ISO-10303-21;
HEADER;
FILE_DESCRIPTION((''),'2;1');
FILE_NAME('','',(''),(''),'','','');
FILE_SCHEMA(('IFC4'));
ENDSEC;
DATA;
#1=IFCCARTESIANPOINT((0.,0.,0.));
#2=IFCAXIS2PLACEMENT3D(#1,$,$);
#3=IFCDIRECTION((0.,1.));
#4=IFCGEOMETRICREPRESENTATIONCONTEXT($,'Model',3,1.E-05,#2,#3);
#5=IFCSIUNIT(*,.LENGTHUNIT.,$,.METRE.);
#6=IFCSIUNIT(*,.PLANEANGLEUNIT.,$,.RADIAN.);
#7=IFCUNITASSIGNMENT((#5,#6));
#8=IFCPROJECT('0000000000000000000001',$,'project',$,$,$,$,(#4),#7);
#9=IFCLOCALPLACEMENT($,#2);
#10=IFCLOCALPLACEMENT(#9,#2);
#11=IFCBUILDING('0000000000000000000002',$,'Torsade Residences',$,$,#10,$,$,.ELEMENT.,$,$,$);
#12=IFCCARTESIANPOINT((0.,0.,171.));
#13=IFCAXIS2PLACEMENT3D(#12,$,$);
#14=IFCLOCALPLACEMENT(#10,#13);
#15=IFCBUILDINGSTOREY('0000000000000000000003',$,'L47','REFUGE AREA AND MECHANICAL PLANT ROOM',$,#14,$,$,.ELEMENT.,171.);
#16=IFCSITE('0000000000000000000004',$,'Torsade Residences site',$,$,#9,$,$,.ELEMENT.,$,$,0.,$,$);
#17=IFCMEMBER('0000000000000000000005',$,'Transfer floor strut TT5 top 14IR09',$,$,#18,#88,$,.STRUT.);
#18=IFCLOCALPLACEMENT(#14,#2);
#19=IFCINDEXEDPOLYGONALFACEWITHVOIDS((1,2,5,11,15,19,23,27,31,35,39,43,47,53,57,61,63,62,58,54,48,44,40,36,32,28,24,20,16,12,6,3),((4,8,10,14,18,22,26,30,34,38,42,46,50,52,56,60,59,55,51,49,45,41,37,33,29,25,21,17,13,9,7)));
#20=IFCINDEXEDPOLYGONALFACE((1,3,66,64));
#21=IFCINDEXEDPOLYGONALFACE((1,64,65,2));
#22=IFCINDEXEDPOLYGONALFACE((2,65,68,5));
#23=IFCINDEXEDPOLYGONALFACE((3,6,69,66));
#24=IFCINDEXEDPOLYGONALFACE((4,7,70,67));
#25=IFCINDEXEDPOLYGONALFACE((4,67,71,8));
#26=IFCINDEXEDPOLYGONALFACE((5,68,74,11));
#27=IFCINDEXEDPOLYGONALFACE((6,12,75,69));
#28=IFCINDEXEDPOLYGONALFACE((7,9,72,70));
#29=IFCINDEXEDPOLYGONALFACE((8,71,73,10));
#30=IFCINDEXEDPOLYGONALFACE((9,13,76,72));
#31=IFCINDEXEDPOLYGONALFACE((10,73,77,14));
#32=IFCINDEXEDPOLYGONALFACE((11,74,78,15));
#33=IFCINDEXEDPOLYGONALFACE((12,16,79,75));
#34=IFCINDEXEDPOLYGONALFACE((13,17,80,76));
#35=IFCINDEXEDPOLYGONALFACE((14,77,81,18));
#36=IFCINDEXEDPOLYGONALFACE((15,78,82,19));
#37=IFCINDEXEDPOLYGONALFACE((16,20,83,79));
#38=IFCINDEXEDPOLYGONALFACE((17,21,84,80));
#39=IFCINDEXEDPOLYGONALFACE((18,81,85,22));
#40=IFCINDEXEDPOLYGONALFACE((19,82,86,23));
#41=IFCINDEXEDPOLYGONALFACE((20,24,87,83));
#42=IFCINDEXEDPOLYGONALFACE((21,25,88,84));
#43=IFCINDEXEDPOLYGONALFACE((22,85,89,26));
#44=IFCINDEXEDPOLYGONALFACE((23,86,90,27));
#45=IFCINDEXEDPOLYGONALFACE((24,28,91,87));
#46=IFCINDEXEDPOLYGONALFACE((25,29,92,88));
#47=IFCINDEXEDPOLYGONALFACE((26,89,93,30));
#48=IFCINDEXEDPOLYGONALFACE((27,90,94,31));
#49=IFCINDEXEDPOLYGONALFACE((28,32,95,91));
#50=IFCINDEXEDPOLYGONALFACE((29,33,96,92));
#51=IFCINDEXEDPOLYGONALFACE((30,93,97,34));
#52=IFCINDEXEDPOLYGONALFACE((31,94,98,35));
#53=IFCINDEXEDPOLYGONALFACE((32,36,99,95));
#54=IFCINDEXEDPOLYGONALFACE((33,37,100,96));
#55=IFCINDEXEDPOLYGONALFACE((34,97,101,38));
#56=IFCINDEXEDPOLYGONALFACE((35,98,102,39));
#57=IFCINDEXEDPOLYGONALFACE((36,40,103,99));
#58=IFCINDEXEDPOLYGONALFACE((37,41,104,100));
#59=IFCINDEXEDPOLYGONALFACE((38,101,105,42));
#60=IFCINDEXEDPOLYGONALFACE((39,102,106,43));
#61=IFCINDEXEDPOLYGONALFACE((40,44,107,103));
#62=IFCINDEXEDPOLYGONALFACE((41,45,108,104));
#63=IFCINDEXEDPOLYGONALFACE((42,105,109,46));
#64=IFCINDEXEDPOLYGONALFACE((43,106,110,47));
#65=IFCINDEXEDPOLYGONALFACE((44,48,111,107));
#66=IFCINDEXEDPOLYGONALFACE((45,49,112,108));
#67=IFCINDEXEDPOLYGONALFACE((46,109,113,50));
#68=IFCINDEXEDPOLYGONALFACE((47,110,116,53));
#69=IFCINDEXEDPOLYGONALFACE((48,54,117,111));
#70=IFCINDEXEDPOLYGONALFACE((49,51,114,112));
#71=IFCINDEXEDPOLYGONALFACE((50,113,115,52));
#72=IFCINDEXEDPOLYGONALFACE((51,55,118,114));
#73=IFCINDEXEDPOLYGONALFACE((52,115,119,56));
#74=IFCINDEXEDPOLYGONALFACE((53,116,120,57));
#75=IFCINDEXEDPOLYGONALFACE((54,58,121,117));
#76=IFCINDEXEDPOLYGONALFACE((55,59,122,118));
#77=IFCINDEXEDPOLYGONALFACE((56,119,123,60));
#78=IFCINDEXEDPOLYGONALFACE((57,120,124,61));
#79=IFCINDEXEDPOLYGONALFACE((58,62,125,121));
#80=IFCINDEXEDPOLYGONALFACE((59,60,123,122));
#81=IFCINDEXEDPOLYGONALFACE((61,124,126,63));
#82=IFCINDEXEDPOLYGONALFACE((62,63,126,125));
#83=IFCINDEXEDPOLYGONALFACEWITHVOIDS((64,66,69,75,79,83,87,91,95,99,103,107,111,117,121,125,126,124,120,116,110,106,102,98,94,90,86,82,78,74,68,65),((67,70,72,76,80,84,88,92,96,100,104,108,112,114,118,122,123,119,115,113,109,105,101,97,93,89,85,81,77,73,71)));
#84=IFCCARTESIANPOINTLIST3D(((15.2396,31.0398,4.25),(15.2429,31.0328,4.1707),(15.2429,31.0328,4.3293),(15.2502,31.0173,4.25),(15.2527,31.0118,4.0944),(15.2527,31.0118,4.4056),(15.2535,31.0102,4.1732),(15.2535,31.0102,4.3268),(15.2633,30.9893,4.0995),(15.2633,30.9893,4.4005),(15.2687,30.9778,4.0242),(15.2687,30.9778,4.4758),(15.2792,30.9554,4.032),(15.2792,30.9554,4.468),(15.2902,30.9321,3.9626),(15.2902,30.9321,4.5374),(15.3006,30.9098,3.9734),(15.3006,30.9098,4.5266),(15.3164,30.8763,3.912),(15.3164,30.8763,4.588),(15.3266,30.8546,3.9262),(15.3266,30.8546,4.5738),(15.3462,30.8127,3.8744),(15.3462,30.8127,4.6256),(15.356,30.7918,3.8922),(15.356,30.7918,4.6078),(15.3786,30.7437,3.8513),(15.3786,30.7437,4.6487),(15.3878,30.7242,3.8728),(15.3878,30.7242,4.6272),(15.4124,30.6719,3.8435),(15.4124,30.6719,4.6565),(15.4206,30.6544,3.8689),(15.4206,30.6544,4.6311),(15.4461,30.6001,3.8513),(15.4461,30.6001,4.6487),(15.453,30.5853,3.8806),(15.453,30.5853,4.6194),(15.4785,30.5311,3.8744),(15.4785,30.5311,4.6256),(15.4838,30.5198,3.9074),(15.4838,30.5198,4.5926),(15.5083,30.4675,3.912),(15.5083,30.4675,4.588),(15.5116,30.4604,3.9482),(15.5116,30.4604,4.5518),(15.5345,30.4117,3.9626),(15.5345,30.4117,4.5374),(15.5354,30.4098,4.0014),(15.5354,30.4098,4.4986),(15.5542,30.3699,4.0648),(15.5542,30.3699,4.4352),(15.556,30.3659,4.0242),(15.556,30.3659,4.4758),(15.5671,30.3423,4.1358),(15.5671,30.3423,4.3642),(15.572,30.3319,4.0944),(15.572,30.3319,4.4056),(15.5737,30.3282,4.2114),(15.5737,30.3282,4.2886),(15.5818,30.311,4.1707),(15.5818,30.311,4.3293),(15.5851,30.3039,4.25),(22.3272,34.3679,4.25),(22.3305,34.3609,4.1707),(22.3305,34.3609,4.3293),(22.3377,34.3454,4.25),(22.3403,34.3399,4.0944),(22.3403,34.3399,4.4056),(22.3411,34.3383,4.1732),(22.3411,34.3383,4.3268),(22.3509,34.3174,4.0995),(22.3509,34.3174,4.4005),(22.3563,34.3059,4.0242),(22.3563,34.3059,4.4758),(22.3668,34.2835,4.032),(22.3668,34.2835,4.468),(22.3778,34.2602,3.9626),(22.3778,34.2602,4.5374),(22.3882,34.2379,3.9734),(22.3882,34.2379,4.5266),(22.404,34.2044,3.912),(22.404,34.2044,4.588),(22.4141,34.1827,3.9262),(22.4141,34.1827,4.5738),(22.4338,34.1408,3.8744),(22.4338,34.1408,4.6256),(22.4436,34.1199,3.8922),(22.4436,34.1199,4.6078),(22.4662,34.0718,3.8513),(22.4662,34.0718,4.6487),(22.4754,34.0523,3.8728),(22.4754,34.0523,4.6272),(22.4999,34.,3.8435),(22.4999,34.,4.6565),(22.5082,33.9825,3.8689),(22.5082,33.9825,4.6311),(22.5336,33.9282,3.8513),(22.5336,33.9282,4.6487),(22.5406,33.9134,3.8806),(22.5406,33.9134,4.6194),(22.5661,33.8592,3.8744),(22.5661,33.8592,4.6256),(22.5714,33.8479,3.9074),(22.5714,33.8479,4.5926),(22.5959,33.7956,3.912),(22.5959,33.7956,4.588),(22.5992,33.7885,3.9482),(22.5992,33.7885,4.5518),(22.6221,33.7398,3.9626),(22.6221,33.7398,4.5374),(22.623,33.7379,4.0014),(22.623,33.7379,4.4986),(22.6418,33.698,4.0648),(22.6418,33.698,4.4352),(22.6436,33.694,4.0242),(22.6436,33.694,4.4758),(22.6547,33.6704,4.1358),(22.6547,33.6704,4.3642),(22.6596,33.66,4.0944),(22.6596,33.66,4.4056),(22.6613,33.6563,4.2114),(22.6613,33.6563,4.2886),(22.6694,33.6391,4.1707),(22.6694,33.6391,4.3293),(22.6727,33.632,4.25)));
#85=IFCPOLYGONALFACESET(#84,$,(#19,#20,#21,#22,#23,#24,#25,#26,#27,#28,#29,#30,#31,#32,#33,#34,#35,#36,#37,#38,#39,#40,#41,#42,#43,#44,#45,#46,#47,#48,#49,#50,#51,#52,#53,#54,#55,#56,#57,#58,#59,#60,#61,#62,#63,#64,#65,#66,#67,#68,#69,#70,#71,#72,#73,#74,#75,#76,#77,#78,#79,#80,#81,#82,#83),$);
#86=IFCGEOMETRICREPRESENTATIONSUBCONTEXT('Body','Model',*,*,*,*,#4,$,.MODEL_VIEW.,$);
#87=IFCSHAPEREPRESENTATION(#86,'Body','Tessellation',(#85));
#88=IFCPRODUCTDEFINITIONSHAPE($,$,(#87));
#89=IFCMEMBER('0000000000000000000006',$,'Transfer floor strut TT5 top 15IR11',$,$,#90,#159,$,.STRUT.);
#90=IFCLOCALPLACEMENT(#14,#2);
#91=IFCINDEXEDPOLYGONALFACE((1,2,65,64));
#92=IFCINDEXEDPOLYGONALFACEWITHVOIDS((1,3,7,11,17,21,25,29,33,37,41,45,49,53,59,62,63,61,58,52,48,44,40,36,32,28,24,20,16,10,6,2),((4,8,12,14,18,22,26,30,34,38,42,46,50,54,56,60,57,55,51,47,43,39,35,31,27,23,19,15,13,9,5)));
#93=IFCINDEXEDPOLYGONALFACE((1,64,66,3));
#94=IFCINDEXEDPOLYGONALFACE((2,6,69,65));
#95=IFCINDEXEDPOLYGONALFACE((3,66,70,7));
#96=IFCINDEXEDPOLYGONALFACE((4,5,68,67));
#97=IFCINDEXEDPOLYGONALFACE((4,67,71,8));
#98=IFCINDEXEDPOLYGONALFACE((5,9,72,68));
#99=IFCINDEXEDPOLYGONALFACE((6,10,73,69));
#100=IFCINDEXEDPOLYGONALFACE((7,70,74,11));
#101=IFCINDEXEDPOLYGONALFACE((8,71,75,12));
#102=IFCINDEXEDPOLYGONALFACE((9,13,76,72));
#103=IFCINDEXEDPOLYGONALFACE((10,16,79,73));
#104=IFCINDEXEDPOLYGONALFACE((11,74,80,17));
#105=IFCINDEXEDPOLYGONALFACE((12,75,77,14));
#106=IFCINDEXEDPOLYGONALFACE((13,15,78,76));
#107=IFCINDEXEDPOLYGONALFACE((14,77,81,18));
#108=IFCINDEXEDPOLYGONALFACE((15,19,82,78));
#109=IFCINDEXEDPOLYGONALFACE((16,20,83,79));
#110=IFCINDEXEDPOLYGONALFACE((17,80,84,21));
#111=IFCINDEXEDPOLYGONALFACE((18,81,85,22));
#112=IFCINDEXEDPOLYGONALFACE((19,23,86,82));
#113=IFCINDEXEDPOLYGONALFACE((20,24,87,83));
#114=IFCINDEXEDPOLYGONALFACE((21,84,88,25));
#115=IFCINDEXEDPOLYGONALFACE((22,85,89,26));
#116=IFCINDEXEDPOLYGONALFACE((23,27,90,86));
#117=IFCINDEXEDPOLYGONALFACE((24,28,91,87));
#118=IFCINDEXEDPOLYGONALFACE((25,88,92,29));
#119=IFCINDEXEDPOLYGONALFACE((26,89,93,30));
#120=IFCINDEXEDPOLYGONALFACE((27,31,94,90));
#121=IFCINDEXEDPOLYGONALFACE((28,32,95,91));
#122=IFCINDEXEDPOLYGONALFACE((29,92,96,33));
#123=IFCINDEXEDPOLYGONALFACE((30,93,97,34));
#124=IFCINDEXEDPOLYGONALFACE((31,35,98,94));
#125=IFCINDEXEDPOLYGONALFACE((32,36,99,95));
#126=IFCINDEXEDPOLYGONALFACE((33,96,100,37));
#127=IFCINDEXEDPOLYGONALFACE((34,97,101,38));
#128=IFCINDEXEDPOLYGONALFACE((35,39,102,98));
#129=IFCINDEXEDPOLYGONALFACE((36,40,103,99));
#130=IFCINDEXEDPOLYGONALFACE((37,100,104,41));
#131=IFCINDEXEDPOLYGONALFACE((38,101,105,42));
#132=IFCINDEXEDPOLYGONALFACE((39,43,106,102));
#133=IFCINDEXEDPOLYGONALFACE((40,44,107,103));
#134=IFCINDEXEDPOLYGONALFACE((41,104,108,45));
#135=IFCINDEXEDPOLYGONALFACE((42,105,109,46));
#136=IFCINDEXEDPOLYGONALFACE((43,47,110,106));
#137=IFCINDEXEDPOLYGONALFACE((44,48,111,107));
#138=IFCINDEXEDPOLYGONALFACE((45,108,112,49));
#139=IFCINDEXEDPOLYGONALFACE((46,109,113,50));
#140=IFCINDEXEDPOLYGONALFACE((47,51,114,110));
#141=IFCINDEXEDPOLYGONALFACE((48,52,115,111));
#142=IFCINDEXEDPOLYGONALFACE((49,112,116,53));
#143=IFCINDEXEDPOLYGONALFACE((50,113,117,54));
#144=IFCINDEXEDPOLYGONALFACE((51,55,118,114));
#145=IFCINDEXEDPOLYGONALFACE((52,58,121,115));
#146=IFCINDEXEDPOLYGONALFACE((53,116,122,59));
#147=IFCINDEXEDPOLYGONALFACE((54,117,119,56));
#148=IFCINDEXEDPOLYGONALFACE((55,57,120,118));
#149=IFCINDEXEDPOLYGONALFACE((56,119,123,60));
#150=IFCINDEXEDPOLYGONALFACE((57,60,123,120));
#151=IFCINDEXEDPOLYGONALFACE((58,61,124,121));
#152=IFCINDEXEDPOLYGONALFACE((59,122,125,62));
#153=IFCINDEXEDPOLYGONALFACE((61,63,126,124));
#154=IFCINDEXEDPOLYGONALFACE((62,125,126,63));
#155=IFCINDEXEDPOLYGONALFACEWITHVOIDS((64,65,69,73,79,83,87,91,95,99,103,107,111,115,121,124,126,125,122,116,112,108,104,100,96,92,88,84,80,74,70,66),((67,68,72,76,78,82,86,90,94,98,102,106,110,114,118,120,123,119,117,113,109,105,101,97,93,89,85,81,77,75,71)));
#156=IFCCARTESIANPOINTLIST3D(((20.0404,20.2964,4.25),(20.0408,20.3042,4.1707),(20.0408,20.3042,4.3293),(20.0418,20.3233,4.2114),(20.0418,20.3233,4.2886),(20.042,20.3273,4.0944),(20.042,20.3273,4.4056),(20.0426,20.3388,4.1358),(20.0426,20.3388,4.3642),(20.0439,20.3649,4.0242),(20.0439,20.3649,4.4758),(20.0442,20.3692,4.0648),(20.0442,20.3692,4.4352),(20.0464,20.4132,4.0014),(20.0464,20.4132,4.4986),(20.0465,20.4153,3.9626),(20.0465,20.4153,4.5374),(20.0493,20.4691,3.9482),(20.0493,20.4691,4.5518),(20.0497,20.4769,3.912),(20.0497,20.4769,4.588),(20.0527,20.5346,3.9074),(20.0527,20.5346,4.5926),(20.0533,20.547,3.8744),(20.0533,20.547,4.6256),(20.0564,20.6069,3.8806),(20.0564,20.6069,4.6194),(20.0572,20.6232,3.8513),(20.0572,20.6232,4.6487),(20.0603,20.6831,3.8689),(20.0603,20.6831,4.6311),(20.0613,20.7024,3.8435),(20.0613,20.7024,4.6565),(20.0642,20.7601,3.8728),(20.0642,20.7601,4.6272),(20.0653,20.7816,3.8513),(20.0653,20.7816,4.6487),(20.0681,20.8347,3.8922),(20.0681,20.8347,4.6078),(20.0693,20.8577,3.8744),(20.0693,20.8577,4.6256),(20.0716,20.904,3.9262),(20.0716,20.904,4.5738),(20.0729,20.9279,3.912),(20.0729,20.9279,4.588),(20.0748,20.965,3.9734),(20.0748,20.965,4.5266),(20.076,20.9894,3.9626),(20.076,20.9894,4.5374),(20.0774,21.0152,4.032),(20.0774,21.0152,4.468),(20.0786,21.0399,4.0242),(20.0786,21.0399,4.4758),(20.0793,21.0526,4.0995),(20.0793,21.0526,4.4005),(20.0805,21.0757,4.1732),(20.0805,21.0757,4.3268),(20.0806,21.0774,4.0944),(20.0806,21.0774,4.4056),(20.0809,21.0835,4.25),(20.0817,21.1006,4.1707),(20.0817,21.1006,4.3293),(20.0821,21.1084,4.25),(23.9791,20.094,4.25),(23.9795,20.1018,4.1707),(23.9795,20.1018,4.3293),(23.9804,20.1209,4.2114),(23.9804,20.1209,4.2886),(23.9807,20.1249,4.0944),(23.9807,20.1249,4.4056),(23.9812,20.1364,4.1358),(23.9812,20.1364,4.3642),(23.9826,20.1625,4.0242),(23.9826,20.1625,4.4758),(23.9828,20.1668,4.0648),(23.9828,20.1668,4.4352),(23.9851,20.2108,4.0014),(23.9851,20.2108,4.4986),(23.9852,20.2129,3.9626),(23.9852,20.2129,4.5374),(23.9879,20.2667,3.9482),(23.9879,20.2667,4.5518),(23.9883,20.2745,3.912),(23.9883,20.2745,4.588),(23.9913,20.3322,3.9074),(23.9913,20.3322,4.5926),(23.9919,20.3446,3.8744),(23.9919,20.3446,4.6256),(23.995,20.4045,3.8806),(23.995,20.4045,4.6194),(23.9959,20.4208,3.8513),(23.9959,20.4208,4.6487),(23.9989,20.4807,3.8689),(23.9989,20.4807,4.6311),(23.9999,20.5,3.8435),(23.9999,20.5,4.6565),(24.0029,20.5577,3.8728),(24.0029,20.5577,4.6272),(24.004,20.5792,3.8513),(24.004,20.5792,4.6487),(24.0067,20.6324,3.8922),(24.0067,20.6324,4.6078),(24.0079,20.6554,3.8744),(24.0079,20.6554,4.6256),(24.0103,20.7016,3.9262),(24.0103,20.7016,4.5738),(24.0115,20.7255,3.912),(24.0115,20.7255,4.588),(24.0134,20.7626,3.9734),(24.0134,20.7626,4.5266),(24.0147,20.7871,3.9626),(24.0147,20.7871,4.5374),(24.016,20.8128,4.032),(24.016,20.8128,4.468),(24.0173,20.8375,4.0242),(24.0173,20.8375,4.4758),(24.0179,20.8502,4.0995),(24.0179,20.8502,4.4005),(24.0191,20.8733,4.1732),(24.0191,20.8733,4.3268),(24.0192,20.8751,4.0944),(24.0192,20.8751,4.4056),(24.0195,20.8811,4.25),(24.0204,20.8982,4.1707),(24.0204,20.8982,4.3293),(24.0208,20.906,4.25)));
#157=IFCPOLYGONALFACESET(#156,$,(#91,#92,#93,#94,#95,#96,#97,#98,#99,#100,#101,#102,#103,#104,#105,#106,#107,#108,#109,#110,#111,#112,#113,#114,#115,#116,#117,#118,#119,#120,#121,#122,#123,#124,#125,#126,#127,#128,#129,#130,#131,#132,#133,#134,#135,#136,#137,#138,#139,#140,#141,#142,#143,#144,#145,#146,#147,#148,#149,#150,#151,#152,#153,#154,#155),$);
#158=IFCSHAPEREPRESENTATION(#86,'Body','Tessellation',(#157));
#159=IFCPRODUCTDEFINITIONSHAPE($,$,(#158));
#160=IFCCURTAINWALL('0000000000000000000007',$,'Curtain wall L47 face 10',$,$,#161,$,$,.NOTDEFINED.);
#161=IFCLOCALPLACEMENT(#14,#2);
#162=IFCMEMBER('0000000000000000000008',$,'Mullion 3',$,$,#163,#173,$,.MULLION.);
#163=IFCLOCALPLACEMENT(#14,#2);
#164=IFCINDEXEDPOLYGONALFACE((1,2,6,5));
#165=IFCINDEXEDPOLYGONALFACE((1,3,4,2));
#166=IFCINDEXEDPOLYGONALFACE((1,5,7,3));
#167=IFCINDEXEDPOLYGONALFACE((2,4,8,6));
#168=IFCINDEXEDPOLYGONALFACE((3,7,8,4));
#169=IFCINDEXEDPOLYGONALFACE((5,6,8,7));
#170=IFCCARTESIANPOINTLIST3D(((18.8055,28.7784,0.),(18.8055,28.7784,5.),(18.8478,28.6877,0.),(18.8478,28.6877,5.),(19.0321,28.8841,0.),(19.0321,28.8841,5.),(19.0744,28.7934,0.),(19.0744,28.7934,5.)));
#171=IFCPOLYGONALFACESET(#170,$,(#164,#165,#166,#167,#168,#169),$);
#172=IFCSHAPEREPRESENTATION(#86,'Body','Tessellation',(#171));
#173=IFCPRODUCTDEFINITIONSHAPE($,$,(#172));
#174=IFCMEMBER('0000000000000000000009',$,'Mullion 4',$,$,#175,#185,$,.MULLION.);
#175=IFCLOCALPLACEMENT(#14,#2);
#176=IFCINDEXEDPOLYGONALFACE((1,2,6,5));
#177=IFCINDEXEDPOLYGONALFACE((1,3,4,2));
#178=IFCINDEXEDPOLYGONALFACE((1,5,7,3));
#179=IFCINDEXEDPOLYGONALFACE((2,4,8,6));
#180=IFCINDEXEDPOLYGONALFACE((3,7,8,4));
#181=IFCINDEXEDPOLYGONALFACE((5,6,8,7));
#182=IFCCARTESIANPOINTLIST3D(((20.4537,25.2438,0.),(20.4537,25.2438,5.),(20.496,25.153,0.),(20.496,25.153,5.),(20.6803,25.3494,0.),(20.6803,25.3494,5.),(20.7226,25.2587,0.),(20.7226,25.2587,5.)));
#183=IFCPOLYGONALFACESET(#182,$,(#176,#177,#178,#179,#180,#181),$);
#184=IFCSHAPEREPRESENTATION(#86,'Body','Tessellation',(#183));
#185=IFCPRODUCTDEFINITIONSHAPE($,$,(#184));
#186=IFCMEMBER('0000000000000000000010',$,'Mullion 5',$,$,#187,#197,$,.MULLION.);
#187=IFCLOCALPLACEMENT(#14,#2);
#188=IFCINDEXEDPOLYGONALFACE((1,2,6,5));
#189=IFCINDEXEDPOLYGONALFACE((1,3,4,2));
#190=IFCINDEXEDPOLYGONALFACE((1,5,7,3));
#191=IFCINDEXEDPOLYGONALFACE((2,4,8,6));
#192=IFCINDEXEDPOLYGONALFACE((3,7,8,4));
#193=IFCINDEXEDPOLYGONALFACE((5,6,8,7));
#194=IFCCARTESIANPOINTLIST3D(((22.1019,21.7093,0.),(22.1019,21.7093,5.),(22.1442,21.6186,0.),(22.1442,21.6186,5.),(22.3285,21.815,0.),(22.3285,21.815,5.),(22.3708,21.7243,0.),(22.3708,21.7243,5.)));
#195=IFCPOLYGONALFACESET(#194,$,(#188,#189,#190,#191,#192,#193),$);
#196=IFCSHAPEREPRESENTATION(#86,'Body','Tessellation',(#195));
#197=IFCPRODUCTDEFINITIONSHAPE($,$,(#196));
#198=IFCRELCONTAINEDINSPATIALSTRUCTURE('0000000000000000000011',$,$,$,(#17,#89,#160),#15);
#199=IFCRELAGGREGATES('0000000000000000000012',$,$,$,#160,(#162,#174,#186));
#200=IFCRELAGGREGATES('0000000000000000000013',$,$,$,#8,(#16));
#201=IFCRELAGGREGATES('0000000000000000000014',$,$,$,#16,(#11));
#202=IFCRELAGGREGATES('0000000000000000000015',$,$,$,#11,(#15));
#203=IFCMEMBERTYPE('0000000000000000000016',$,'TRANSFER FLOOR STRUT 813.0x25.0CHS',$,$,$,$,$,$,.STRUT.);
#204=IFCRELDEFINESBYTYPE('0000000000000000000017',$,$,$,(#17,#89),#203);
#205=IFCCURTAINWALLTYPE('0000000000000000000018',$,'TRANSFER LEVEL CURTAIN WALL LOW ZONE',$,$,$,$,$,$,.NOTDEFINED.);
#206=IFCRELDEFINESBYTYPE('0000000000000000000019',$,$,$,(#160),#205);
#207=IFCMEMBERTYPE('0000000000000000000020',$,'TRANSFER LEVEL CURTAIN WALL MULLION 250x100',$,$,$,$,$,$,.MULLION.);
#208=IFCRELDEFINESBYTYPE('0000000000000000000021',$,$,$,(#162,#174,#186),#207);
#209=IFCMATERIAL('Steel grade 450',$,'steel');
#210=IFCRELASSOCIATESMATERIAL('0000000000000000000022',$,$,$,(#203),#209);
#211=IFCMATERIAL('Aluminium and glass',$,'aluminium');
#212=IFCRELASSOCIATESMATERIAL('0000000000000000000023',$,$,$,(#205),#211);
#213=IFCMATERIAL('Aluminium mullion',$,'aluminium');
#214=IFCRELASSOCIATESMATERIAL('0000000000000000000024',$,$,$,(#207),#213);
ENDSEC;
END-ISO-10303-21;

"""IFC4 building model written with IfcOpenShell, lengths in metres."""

from ifc_helpers import new_model, si_unit, direction, frame, origin, origin_2d, place, context, subcontext, project, spatial, rectangle, hollow_circle, extrude, material, material_profile, profile_set, type_object, element, aggregate, save


model = new_model("IFC4")

# Units and contexts
model_context = context("Model", 3, precision=1e-05, world=origin(), true_north=direction((0.0, 1.0)))
body_context = subcontext(model_context, "Body", "Model", "MODEL_VIEW")
ifc_project = project(units=[si_unit("LENGTHUNIT", "METRE"), si_unit("PLANEANGLEUNIT", "RADIAN")], contexts=[model_context])

# Site, building, storey
site_placement = place(None, origin())
site = spatial("IfcSite", under=ifc_project, at=site_placement, Name="Torsade Residences site", CompositionType="ELEMENT", RefElevation=0.0)
building_placement = place(site_placement, origin())
building = spatial("IfcBuilding", under=site, at=building_placement, Name="Torsade Residences", CompositionType="ELEMENT")
storey_placement = place(building_placement, frame((0.0, 0.0, 171.0)))
storey = spatial("IfcBuildingStorey", under=building, at=storey_placement, Name="L47", Description="REFUGE AREA AND MECHANICAL PLANT ROOM", CompositionType="ELEMENT", Elevation=171.0)

# Members
ifc_material_1 = material(Name="Steel grade 450", Category="steel")
ifc_material_profile_1 = material_profile(ifc_material_1, hollow_circle(Radius=0.4065, WallThickness=0.0249, at=origin_2d()), Name="813.0x25.0CHS")
ifc_profile_set_1 = profile_set([ifc_material_profile_1], Name="Steel grade 450")
member_type_1 = type_object("IfcMemberType", Name="TRANSFER FLOOR STRUT 813.0x25.0CHS", PredefinedType="STRUT", material=ifc_profile_set_1)
member_1_placement = place(storey_placement, frame((15.4124, 30.6719, 4.25), z_axis=(0.905175, 0.42504, 0.0), x_axis=(-0.42504, 0.905175, 0.0)))
element("IfcMember", 1, at=member_1_placement, inside=storey, type_object=member_type_1, Name="Transfer floor strut TT5 top 14IR09", PredefinedType="STRUT", context=body_context, shape_type="SweptSolid", body=[
    extrude(hollow_circle(Radius=0.4065, WallThickness=0.0249, at=origin_2d()), origin(), (0.0, 0.0, 1.0), 7.8301),
])
member_2_placement = place(storey_placement, frame((20.0613, 20.7024, 4.25), z_axis=(0.998682, -0.051318, 0.0), x_axis=(0.051318, 0.998682, 0.0)))
element("IfcMember", 2, at=member_2_placement, inside=storey, type_object=member_type_1, Name="Transfer floor strut TT5 top 15IR11", PredefinedType="STRUT", context=body_context, shape_type="SweptSolid", body=[
    extrude(hollow_circle(Radius=0.4065, WallThickness=0.0249, at=origin_2d()), origin(), (0.0, 0.0, 1.0), 3.9438),
])

# Curtain wall, members
ifc_material_2 = material(Name="Aluminium and glass", Category="aluminium")
curtain_wall_type = type_object("IfcCurtainWallType", Name="TRANSFER LEVEL CURTAIN WALL LOW ZONE", PredefinedType="NOTDEFINED", material=ifc_material_2)
curtain_wall_placement = place(storey_placement, origin())
curtain_wall = element("IfcCurtainWall", 3, at=curtain_wall_placement, inside=storey, type_object=curtain_wall_type, Name="Curtain wall L47 face 10", PredefinedType="NOTDEFINED")
ifc_material_3 = material(Name="Aluminium mullion", Category="aluminium")
ifc_material_profile_2 = material_profile(ifc_material_3, rectangle(XDim=0.25, YDim=0.1001, at=origin_2d()), Name="TRANSFER LEVEL CURTAIN WALL MULLION 250x100")
ifc_profile_set_2 = profile_set([ifc_material_profile_2], Name="Aluminium mullion")
member_type_2 = type_object("IfcMemberType", Name="TRANSFER LEVEL CURTAIN WALL MULLION 250x100", PredefinedType="MULLION", material=ifc_profile_set_2)
member_3_placement = place(storey_placement, frame((18.9399, 28.7859, 0.0), z_axis=(0.0, 0.0, 1.0), x_axis=(0.906308, 0.422618, 0.0)))
member_3 = element("IfcMember", 4, at=member_3_placement, type_object=member_type_2, Name="Mullion 3", PredefinedType="MULLION", context=body_context, shape_type="SweptSolid", body=[
    extrude(rectangle(XDim=0.25, YDim=0.1001, at=origin_2d()), origin(), (0.0, 0.0, 1.0), 5.0),
])
member_4_placement = place(storey_placement, frame((20.5881, 25.2512, 0.0), z_axis=(0.0, 0.0, 1.0), x_axis=(0.906308, 0.422618, 0.0)))
member_4 = element("IfcMember", 5, at=member_4_placement, type_object=member_type_2, Name="Mullion 4", PredefinedType="MULLION", context=body_context, shape_type="SweptSolid", body=[
    extrude(rectangle(XDim=0.25, YDim=0.1001, at=origin_2d()), origin(), (0.0, 0.0, 1.0), 5.0),
])
member_5_placement = place(storey_placement, frame((22.2363, 21.7168, 0.0), z_axis=(0.0, 0.0, 1.0), x_axis=(0.906308, 0.422618, 0.0)))
member_5 = element("IfcMember", 6, at=member_5_placement, type_object=member_type_2, Name="Mullion 5", PredefinedType="MULLION", context=body_context, shape_type="SweptSolid", body=[
    extrude(rectangle(XDim=0.25, YDim=0.1001, at=origin_2d()), origin(), (0.0, 0.0, 1.0), 5.0),
])

aggregate(curtain_wall, [member_3, member_4, member_5])

save(model, "model.ifc")
